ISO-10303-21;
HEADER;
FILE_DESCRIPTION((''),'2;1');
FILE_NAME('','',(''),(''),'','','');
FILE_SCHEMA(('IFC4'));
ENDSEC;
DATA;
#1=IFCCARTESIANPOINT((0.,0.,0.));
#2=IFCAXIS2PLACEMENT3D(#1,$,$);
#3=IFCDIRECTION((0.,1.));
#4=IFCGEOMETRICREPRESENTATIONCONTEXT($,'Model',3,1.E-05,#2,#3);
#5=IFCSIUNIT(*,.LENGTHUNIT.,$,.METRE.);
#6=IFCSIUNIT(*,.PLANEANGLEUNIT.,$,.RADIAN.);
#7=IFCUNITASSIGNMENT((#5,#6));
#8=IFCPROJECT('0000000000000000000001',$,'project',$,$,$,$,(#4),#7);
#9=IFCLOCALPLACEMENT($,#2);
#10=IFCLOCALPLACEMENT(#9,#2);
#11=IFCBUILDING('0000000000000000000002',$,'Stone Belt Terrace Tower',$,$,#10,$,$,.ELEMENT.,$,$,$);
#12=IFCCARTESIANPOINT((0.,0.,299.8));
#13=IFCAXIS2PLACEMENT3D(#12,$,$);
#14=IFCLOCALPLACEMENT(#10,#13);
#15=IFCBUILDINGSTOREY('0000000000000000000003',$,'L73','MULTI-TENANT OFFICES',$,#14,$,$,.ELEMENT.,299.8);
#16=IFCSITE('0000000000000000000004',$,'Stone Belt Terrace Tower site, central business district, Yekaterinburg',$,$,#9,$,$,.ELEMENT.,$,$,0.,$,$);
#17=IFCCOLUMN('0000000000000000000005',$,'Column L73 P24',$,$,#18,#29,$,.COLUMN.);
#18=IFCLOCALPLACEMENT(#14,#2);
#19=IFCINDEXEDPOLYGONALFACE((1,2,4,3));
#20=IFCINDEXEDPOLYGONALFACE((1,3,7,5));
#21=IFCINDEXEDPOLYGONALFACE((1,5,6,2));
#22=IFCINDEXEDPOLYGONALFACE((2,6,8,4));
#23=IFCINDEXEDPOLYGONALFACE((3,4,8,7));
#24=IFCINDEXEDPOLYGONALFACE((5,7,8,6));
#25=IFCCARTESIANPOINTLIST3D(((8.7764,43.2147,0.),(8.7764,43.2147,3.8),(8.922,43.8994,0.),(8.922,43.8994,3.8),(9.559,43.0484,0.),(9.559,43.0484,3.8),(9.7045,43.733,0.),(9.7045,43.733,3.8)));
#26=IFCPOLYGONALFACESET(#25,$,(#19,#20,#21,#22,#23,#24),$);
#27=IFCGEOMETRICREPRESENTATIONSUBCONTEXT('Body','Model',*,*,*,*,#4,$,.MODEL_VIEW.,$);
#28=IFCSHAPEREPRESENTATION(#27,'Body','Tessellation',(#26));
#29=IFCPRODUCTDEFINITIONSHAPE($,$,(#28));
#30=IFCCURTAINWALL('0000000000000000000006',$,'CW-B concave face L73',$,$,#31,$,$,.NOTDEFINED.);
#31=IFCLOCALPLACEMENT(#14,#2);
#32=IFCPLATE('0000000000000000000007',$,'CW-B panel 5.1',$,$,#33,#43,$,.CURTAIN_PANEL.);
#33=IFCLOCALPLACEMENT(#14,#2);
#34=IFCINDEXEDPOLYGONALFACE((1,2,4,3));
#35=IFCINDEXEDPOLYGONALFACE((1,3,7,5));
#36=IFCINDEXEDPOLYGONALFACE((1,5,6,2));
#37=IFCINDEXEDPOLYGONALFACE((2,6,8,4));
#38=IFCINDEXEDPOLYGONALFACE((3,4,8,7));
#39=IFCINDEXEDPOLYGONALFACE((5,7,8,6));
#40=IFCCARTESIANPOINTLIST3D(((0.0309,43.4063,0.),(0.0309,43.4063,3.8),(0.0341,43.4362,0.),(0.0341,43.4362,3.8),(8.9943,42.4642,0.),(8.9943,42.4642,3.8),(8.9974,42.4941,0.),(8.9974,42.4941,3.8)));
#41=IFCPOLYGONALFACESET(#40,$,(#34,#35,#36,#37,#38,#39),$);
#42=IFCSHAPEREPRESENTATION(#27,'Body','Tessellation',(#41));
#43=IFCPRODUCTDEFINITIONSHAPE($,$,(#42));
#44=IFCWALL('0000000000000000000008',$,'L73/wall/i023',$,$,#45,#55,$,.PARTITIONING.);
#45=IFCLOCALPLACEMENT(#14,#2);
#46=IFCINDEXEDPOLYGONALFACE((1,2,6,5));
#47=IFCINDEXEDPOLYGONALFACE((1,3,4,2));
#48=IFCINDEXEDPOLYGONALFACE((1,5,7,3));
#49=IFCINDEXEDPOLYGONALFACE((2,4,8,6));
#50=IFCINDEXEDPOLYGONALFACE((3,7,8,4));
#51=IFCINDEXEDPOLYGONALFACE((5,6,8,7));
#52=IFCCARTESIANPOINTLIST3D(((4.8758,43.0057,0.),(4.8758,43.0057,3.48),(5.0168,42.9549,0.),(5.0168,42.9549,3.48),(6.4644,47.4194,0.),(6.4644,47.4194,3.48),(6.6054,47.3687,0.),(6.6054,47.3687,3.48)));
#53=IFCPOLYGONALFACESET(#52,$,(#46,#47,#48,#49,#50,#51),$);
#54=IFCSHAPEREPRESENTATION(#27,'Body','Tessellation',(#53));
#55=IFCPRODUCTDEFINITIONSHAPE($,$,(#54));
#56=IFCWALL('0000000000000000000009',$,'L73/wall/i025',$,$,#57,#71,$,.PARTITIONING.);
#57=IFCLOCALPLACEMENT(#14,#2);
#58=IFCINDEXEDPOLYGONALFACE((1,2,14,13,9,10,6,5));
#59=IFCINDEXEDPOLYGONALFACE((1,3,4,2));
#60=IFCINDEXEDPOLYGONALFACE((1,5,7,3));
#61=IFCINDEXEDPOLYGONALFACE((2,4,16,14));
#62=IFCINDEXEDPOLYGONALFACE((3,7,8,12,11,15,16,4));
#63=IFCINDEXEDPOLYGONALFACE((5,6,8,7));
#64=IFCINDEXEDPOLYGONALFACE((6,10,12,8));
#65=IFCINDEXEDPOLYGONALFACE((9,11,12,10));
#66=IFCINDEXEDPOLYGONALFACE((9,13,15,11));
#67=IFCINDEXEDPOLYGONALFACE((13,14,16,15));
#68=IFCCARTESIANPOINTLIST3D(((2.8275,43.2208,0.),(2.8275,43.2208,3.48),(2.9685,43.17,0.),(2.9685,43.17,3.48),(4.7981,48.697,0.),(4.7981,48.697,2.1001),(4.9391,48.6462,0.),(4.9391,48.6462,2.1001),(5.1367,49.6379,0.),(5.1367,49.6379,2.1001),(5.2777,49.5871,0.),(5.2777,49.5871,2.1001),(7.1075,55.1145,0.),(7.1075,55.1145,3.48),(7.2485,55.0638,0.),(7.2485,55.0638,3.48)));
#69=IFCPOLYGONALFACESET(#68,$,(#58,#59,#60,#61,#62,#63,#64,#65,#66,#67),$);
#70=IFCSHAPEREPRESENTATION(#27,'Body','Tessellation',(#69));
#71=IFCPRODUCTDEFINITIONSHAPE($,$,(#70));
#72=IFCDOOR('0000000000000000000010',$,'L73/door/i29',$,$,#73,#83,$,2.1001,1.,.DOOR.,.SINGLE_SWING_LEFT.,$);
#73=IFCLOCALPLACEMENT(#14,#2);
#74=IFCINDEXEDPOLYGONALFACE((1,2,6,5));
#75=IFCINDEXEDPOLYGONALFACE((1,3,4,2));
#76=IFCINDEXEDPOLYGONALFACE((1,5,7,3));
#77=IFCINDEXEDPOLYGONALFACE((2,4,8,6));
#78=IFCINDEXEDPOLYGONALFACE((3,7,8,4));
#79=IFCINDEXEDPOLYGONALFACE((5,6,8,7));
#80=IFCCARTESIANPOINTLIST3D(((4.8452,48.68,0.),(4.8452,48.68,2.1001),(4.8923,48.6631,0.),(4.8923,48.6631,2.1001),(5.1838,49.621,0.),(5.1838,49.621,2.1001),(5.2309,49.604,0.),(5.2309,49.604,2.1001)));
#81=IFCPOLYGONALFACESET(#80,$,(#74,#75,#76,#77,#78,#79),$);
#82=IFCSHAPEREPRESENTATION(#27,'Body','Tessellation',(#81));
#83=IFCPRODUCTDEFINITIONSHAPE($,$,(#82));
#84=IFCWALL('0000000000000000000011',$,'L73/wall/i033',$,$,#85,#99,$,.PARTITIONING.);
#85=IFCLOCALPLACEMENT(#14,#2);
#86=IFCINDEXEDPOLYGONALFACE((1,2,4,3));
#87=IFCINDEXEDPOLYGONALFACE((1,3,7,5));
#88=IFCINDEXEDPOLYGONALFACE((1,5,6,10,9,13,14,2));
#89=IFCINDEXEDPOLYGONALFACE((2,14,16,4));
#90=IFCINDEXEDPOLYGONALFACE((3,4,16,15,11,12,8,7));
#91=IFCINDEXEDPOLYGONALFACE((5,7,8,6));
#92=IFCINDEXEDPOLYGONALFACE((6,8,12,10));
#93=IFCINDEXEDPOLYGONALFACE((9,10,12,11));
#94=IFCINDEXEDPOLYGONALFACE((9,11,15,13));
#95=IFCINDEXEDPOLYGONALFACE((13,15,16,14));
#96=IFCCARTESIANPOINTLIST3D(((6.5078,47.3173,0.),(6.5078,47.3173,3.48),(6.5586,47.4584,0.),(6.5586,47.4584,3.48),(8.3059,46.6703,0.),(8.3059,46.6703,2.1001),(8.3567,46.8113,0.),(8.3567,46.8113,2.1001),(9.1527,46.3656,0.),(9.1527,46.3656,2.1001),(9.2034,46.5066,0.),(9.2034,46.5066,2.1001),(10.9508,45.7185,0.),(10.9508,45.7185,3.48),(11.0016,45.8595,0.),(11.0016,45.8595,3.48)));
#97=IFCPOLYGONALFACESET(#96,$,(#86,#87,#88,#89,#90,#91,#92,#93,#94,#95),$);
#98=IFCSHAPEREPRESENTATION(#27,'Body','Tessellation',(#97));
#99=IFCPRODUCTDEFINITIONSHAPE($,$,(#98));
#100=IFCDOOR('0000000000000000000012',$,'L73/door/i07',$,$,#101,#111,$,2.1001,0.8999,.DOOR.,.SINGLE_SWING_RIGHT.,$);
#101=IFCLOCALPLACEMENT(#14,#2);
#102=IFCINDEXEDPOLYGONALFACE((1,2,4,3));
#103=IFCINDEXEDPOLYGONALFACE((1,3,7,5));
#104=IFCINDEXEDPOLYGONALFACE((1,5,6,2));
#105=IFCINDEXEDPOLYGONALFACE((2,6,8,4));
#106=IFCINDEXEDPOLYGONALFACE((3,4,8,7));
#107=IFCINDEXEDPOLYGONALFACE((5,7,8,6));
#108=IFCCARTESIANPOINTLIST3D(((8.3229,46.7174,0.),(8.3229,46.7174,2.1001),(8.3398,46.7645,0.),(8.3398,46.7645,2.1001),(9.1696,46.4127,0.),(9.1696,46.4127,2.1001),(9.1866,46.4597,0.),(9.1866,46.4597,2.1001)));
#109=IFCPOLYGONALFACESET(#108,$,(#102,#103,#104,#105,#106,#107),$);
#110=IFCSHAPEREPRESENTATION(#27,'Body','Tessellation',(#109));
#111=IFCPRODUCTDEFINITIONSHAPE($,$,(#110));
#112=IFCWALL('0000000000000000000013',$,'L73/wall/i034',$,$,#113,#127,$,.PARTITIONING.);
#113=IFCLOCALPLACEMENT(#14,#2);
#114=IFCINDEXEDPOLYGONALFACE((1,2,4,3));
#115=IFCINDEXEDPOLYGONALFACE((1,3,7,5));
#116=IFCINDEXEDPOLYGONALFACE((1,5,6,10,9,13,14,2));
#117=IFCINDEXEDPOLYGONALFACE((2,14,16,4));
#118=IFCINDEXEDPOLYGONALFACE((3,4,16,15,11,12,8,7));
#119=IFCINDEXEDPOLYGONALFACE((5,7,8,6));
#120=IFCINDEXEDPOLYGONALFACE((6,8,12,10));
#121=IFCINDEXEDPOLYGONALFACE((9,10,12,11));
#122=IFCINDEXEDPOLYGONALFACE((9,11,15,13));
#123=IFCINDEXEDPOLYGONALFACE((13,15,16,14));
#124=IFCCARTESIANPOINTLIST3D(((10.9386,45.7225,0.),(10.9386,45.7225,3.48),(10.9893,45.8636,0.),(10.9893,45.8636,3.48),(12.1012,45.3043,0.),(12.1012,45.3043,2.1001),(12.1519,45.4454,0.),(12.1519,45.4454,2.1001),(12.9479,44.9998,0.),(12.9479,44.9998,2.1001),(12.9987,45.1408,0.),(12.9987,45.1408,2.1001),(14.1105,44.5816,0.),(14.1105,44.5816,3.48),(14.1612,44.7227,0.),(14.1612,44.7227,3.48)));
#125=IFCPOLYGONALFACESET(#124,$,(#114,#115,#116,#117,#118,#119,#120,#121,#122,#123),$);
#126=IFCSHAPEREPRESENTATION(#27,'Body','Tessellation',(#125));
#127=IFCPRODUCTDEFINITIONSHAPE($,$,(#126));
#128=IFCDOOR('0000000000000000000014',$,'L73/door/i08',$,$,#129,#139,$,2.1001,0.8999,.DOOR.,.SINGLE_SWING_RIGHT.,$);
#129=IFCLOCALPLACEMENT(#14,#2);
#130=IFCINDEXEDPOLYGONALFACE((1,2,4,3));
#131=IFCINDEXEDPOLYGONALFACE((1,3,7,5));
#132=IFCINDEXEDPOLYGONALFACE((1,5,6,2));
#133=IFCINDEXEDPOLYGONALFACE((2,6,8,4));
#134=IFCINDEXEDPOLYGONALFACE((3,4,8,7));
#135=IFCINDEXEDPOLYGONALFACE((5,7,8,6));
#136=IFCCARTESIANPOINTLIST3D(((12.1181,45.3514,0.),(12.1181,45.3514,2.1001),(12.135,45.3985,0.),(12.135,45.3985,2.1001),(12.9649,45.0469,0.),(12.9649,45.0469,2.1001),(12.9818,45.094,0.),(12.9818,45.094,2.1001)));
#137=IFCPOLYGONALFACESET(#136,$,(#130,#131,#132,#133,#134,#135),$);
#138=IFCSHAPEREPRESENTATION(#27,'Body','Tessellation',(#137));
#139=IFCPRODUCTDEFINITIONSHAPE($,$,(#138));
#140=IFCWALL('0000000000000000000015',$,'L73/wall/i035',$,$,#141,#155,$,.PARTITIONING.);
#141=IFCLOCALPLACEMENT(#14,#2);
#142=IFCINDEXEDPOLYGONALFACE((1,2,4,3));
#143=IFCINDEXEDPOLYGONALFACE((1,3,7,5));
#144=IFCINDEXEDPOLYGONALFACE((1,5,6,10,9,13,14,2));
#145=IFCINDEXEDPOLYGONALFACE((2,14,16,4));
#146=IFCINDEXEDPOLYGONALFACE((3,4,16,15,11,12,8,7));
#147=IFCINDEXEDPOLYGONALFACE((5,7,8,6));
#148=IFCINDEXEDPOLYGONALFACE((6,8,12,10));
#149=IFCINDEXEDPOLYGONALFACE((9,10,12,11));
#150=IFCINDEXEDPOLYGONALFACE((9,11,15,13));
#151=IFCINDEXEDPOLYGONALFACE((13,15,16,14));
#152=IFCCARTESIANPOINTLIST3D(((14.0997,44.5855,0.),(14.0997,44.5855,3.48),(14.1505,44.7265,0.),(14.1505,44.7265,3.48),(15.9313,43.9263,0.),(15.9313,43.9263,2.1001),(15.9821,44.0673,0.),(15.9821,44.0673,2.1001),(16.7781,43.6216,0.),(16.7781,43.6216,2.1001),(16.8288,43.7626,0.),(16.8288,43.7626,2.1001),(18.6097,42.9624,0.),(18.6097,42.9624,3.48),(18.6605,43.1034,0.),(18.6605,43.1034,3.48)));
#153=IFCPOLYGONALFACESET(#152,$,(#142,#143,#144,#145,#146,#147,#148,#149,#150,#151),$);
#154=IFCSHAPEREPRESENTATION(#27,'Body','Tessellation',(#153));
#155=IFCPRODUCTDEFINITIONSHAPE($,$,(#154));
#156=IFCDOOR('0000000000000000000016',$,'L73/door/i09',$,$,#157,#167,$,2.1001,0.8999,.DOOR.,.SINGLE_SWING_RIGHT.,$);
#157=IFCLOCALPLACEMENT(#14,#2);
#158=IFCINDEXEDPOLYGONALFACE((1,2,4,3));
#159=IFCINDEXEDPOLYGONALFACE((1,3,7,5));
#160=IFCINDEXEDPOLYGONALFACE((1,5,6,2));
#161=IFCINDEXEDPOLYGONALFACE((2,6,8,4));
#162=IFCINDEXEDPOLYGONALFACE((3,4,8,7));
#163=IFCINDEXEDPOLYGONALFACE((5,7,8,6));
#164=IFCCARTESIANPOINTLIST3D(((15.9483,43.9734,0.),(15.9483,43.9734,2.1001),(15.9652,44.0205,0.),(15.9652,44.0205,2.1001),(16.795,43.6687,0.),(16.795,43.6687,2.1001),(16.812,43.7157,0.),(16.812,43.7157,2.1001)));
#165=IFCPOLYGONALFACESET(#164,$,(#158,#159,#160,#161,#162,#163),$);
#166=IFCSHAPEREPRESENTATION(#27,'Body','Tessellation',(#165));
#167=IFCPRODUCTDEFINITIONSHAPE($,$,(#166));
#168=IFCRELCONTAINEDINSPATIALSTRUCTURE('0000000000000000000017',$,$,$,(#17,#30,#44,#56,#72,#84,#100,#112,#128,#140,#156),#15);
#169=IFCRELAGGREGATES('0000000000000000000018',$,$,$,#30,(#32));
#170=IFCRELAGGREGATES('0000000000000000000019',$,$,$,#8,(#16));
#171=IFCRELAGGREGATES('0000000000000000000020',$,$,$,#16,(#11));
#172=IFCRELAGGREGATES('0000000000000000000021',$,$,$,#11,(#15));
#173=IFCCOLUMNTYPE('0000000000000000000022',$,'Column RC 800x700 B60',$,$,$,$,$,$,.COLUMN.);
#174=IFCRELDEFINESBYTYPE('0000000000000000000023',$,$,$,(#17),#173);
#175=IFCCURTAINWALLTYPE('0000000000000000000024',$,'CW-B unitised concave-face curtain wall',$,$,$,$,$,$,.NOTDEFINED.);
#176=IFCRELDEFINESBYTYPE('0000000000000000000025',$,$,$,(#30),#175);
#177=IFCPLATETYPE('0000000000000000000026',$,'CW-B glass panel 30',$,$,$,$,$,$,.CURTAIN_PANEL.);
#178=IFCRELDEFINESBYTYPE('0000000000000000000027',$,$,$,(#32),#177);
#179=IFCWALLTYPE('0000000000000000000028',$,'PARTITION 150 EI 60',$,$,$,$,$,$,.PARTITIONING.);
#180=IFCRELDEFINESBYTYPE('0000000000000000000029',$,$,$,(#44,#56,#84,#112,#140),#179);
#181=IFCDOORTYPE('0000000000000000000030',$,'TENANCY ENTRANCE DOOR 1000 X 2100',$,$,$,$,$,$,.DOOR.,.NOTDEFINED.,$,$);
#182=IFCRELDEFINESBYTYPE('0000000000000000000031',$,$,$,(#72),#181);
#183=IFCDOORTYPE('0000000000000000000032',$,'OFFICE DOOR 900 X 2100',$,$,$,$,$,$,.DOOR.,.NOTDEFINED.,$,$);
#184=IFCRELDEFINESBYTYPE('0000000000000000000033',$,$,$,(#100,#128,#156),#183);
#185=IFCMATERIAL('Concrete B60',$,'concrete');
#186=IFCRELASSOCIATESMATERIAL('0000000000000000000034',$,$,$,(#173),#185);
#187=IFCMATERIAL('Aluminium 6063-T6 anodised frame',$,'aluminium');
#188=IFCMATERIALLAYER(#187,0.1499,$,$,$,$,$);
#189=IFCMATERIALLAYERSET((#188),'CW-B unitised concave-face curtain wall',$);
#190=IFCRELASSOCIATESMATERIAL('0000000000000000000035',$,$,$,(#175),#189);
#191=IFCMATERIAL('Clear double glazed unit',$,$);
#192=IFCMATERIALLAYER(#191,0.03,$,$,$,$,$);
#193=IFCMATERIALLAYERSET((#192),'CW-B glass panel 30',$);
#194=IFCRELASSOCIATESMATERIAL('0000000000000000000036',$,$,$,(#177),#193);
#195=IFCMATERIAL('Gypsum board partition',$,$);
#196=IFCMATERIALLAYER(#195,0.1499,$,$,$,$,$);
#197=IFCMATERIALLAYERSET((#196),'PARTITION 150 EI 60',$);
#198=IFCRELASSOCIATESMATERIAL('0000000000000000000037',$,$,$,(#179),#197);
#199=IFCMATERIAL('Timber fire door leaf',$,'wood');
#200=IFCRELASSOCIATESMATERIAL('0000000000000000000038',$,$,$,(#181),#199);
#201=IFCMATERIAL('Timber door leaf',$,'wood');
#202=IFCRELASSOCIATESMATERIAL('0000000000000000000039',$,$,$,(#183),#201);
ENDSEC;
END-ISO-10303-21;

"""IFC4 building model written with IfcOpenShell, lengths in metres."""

from ifc_helpers import new_model, si_unit, direction, frame, frame_2d, origin, origin_2d, place, context, subcontext, project, spatial, rectangle, extrude, material, layer, layer_set, material_profile, profile_set, type_object, element, fill, aggregate, save


model = new_model("IFC4")

# Units and contexts
model_context = context("Model", 3, precision=1e-05, world=origin(), true_north=direction((0.0, 1.0)))
body_context = subcontext(model_context, "Body", "Model", "MODEL_VIEW")
ifc_project = project(units=[si_unit("LENGTHUNIT", "METRE"), si_unit("PLANEANGLEUNIT", "RADIAN")], contexts=[model_context])

# Site, building, storey
site_placement = place(None, origin())
site = spatial("IfcSite", under=ifc_project, at=site_placement, Name="Stone Belt Terrace Tower site, central business district, Yekaterinburg", CompositionType="ELEMENT", RefElevation=0.0)
building_placement = place(site_placement, origin())
building = spatial("IfcBuilding", under=site, at=building_placement, Name="Stone Belt Terrace Tower", CompositionType="ELEMENT")
storey_placement = place(building_placement, frame((0.0, 0.0, 299.8)))
storey = spatial("IfcBuildingStorey", under=building, at=storey_placement, Name="L73", Description="MULTI-TENANT OFFICES", CompositionType="ELEMENT", Elevation=299.8)

# Column
ifc_material_1 = material(Name="Concrete B60", Category="concrete")
ifc_material_profile = material_profile(ifc_material_1, rectangle(XDim=0.8, YDim=0.7, at=origin_2d()), Name="RC 800x700")
ifc_profile_set = profile_set([ifc_material_profile], Name="Concrete B60")
column_type = type_object("IfcColumnType", Name="Column RC 800x700 B60", PredefinedType="COLUMN", material=ifc_profile_set)
column_placement = place(storey_placement, frame((9.2405, 43.4739, 0.0), z_axis=(0.0, 0.0, 1.0), x_axis=(0.978148, -0.207912, 0.0)))
element("IfcColumn", 1, at=column_placement, inside=storey, type_object=column_type, Name="Column L73 P24", PredefinedType="COLUMN", context=body_context, shape_type="SweptSolid", body=[
    extrude(rectangle(XDim=0.8, YDim=0.7, at=origin_2d()), origin(), (0.0, 0.0, 1.0), 3.8),
])

# Curtain wall, plate
ifc_material_2 = material(Name="Aluminium 6063-T6 anodised frame", Category="aluminium")
ifc_layer_1 = layer(ifc_material_2, 0.1499)
ifc_layer_set_1 = layer_set([ifc_layer_1], Name="CW-B unitised concave-face curtain wall")
curtain_wall_type = type_object("IfcCurtainWallType", Name="CW-B unitised concave-face curtain wall", PredefinedType="NOTDEFINED", material=ifc_layer_set_1)
curtain_wall_placement = place(storey_placement, origin())
curtain_wall = element("IfcCurtainWall", 2, at=curtain_wall_placement, inside=storey, type_object=curtain_wall_type, Name="CW-B concave face L73", PredefinedType="NOTDEFINED")
ifc_material_3 = material(Name="Clear double glazed unit")
ifc_layer_2 = layer(ifc_material_3, 0.03)
ifc_layer_set_2 = layer_set([ifc_layer_2], Name="CW-B glass panel 30")
plate_type = type_object("IfcPlateType", Name="CW-B glass panel 30", PredefinedType="CURTAIN_PANEL", material=ifc_layer_set_2)
plate_placement = place(storey_placement, frame((4.5142, 42.9502, 0.0), z_axis=(0.0, 0.0, 1.0), x_axis=(0.994522, -0.104528, 0.0)))
plate = element("IfcPlate", 3, at=plate_placement, type_object=plate_type, Name="CW-B panel 5.1", PredefinedType="CURTAIN_PANEL", context=body_context, shape_type="SweptSolid", body=[
    extrude(rectangle(XDim=9.0127, YDim=0.03, at=origin_2d()), origin(), (0.0, 0.0, 1.0), 3.8),
])
aggregate(curtain_wall, [plate])

# Wall
ifc_material_4 = material(Name="Gypsum board partition")
ifc_layer_3 = layer(ifc_material_4, 0.1499)
ifc_layer_set_3 = layer_set([ifc_layer_3], Name="PARTITION 150 EI 60")
wall_type_1 = type_object("IfcWallType", Name="PARTITION 150 EI 60", PredefinedType="PARTITIONING", material=ifc_layer_set_3)
wall_1_placement = place(storey_placement, frame((6.5349, 47.394, 0.0), z_axis=(0.0, 0.0, 1.0), x_axis=(-0.338653, -0.940911, 0.0)))
element("IfcWall", 4, at=wall_1_placement, inside=storey, type_object=wall_type_1, Name="L73/wall/i023", PredefinedType="PARTITIONING", context=body_context, shape_type="SweptSolid", body=[
    extrude(rectangle(XDim=4.6909, YDim=0.1499, at=frame_2d((2.3455, 0.0))), origin(), (0.0, 0.0, 1.0), 3.48),
])

# Walls, openings, doors
wall_2_placement = place(storey_placement, frame((2.8979, 43.1953, 0.0), z_axis=(0.0, 0.0, 1.0), x_axis=(0.338598, 0.940931, 0.0)))
wall_2 = element("IfcWall", 5, at=wall_2_placement, inside=storey, type_object=wall_type_1, Name="L73/wall/i025", PredefinedType="PARTITIONING", context=body_context, shape_type="SweptSolid", body=[
    extrude(rectangle(XDim=12.6404, YDim=0.1499, at=frame_2d((6.3203, 0.0))), origin(), (0.0, 0.0, 1.0), 3.48),
])
opening_1_placement = place(wall_2_placement, frame((5.8201, 0.0, 0.0)))
opening_1 = element("IfcOpeningElement", 6, at=opening_1_placement, cuts=wall_2, PredefinedType="OPENING", context=body_context, shape_type="SweptSolid", body=[
    extrude(rectangle(XDim=1.0, YDim=2.1001, at=frame_2d((0.5, 1.05))), frame((0.0, 0.085, 0.0), z_axis=(0.0, -1.0, 0.0), x_axis=(1.0, 0.0, 0.0)), (0.0, 0.0, 1.0), 0.1699),
])
ifc_material_5 = material(Name="Timber fire door leaf", Category="wood")
door_type_1 = type_object("IfcDoorType", Name="TENANCY ENTRANCE DOOR 1000 X 2100", OperationType="NOTDEFINED", PredefinedType="DOOR", material=ifc_material_5)
door_1_placement = place(opening_1_placement, origin())
door_1 = element("IfcDoor", 7, at=door_1_placement, inside=storey, type_object=door_type_1, Name="L73/door/i29", OperationType="SINGLE_SWING_LEFT", OverallHeight=2.1001, OverallWidth=1.0, PredefinedType="DOOR", context=body_context, shape_type="SweptSolid", body=[
    extrude(rectangle(XDim=1.0, YDim=2.1001, at=frame_2d((0.5, 1.05))), frame((0.0, 0.0249, 0.0), z_axis=(0.0, -1.0, 0.0), x_axis=(1.0, 0.0, 0.0)), (0.0, 0.0, 1.0), 0.05),
])
fill(opening_1, door_1)
wall_3_placement = place(storey_placement, frame((10.9761, 45.7891, 0.0), z_axis=(0.0, 0.0, 1.0), x_axis=(-0.940931, 0.338599, 0.0)))
wall_3 = element("IfcWall", 8, at=wall_3_placement, inside=storey, type_object=wall_type_1, Name="L73/wall/i033", PredefinedType="PARTITIONING", context=body_context, shape_type="SweptSolid", body=[
    extrude(rectangle(XDim=4.7219, YDim=0.1499, at=frame_2d((2.3608, 0.0))), origin(), (0.0, 0.0, 1.0), 3.48),
])
opening_2_placement = place(wall_3_placement, frame((1.9109, 0.0, 0.0)))
opening_2 = element("IfcOpeningElement", 9, at=opening_2_placement, cuts=wall_3, PredefinedType="OPENING", context=body_context, shape_type="SweptSolid", body=[
    extrude(rectangle(XDim=0.8999, YDim=2.1001, at=frame_2d((0.45, 1.05))), frame((0.0, 0.085, 0.0), z_axis=(0.0, -1.0, 0.0), x_axis=(1.0, 0.0, 0.0)), (0.0, 0.0, 1.0), 0.1699),
])
ifc_material_6 = material(Name="Timber door leaf", Category="wood")
door_type_2 = type_object("IfcDoorType", Name="OFFICE DOOR 900 X 2100", OperationType="NOTDEFINED", PredefinedType="DOOR", material=ifc_material_6)
door_2_placement = place(opening_2_placement, origin())
door_2 = element("IfcDoor", 10, at=door_2_placement, inside=storey, type_object=door_type_2, Name="L73/door/i07", OperationType="SINGLE_SWING_RIGHT", OverallHeight=2.1001, OverallWidth=0.8999, PredefinedType="DOOR", context=body_context, shape_type="SweptSolid", body=[
    extrude(rectangle(XDim=0.8999, YDim=2.1001, at=frame_2d((0.45, 1.05))), frame((0.0, 0.0249, 0.0), z_axis=(0.0, -1.0, 0.0), x_axis=(1.0, 0.0, 0.0)), (0.0, 0.0, 1.0), 0.05),
])
fill(opening_2, door_2)
wall_4_placement = place(storey_placement, frame((14.136, 44.6521, 0.0), z_axis=(0.0, 0.0, 1.0), x_axis=(-0.940982, 0.338455, 0.0)))
wall_4 = element("IfcWall", 11, at=wall_4_placement, inside=storey, type_object=wall_type_1, Name="L73/wall/i034", PredefinedType="PARTITIONING", context=body_context, shape_type="SweptSolid", body=[
    extrude(rectangle(XDim=3.3708, YDim=0.1499, at=frame_2d((1.6855, 0.0))), origin(), (0.0, 0.0, 1.0), 3.48),
])
opening_3_placement = place(wall_4_placement, frame((1.2356, 0.0, 0.0)))
opening_3 = element("IfcOpeningElement", 12, at=opening_3_placement, cuts=wall_4, PredefinedType="OPENING", context=body_context, shape_type="SweptSolid", body=[
    extrude(rectangle(XDim=0.8999, YDim=2.1001, at=frame_2d((0.45, 1.05))), frame((0.0, 0.085, 0.0), z_axis=(0.0, -1.0, 0.0), x_axis=(1.0, 0.0, 0.0)), (0.0, 0.0, 1.0), 0.1699),
])
door_3_placement = place(opening_3_placement, origin())
door_3 = element("IfcDoor", 13, at=door_3_placement, inside=storey, type_object=door_type_2, Name="L73/door/i08", OperationType="SINGLE_SWING_RIGHT", OverallHeight=2.1001, OverallWidth=0.8999, PredefinedType="DOOR", context=body_context, shape_type="SweptSolid", body=[
    extrude(rectangle(XDim=0.8999, YDim=2.1001, at=frame_2d((0.45, 1.05))), frame((0.0, 0.0249, 0.0), z_axis=(0.0, -1.0, 0.0), x_axis=(1.0, 0.0, 0.0)), (0.0, 0.0, 1.0), 0.05),
])
fill(opening_3, door_3)
wall_5_placement = place(storey_placement, frame((18.635, 43.033, 0.0), z_axis=(0.0, 0.0, 1.0), x_axis=(-0.940924, 0.338617, 0.0)))
wall_5 = element("IfcWall", 14, at=wall_5_placement, inside=storey, type_object=wall_type_1, Name="L73/wall/i035", PredefinedType="PARTITIONING", context=body_context, shape_type="SweptSolid", body=[
    extrude(rectangle(XDim=4.7932, YDim=0.1499, at=frame_2d((2.3965, 0.0))), origin(), (0.0, 0.0, 1.0), 3.48),
])
opening_4_placement = place(wall_5_placement, frame((1.9465, 0.0, 0.0)))
opening_4 = element("IfcOpeningElement", 15, at=opening_4_placement, cuts=wall_5, PredefinedType="OPENING", context=body_context, shape_type="SweptSolid", body=[
    extrude(rectangle(XDim=0.8999, YDim=2.1001, at=frame_2d((0.45, 1.05))), frame((0.0, 0.085, 0.0), z_axis=(0.0, -1.0, 0.0), x_axis=(1.0, 0.0, 0.0)), (0.0, 0.0, 1.0), 0.1699),
])
door_4_placement = place(opening_4_placement, origin())
door_4 = element("IfcDoor", 16, at=door_4_placement, inside=storey, type_object=door_type_2, Name="L73/door/i09", OperationType="SINGLE_SWING_RIGHT", OverallHeight=2.1001, OverallWidth=0.8999, PredefinedType="DOOR", context=body_context, shape_type="SweptSolid", body=[
    extrude(rectangle(XDim=0.8999, YDim=2.1001, at=frame_2d((0.45, 1.05))), frame((0.0, 0.0249, 0.0), z_axis=(0.0, -1.0, 0.0), x_axis=(1.0, 0.0, 0.0)), (0.0, 0.0, 1.0), 0.05),
])
fill(opening_4, door_4)

save(model, "model.ifc")
